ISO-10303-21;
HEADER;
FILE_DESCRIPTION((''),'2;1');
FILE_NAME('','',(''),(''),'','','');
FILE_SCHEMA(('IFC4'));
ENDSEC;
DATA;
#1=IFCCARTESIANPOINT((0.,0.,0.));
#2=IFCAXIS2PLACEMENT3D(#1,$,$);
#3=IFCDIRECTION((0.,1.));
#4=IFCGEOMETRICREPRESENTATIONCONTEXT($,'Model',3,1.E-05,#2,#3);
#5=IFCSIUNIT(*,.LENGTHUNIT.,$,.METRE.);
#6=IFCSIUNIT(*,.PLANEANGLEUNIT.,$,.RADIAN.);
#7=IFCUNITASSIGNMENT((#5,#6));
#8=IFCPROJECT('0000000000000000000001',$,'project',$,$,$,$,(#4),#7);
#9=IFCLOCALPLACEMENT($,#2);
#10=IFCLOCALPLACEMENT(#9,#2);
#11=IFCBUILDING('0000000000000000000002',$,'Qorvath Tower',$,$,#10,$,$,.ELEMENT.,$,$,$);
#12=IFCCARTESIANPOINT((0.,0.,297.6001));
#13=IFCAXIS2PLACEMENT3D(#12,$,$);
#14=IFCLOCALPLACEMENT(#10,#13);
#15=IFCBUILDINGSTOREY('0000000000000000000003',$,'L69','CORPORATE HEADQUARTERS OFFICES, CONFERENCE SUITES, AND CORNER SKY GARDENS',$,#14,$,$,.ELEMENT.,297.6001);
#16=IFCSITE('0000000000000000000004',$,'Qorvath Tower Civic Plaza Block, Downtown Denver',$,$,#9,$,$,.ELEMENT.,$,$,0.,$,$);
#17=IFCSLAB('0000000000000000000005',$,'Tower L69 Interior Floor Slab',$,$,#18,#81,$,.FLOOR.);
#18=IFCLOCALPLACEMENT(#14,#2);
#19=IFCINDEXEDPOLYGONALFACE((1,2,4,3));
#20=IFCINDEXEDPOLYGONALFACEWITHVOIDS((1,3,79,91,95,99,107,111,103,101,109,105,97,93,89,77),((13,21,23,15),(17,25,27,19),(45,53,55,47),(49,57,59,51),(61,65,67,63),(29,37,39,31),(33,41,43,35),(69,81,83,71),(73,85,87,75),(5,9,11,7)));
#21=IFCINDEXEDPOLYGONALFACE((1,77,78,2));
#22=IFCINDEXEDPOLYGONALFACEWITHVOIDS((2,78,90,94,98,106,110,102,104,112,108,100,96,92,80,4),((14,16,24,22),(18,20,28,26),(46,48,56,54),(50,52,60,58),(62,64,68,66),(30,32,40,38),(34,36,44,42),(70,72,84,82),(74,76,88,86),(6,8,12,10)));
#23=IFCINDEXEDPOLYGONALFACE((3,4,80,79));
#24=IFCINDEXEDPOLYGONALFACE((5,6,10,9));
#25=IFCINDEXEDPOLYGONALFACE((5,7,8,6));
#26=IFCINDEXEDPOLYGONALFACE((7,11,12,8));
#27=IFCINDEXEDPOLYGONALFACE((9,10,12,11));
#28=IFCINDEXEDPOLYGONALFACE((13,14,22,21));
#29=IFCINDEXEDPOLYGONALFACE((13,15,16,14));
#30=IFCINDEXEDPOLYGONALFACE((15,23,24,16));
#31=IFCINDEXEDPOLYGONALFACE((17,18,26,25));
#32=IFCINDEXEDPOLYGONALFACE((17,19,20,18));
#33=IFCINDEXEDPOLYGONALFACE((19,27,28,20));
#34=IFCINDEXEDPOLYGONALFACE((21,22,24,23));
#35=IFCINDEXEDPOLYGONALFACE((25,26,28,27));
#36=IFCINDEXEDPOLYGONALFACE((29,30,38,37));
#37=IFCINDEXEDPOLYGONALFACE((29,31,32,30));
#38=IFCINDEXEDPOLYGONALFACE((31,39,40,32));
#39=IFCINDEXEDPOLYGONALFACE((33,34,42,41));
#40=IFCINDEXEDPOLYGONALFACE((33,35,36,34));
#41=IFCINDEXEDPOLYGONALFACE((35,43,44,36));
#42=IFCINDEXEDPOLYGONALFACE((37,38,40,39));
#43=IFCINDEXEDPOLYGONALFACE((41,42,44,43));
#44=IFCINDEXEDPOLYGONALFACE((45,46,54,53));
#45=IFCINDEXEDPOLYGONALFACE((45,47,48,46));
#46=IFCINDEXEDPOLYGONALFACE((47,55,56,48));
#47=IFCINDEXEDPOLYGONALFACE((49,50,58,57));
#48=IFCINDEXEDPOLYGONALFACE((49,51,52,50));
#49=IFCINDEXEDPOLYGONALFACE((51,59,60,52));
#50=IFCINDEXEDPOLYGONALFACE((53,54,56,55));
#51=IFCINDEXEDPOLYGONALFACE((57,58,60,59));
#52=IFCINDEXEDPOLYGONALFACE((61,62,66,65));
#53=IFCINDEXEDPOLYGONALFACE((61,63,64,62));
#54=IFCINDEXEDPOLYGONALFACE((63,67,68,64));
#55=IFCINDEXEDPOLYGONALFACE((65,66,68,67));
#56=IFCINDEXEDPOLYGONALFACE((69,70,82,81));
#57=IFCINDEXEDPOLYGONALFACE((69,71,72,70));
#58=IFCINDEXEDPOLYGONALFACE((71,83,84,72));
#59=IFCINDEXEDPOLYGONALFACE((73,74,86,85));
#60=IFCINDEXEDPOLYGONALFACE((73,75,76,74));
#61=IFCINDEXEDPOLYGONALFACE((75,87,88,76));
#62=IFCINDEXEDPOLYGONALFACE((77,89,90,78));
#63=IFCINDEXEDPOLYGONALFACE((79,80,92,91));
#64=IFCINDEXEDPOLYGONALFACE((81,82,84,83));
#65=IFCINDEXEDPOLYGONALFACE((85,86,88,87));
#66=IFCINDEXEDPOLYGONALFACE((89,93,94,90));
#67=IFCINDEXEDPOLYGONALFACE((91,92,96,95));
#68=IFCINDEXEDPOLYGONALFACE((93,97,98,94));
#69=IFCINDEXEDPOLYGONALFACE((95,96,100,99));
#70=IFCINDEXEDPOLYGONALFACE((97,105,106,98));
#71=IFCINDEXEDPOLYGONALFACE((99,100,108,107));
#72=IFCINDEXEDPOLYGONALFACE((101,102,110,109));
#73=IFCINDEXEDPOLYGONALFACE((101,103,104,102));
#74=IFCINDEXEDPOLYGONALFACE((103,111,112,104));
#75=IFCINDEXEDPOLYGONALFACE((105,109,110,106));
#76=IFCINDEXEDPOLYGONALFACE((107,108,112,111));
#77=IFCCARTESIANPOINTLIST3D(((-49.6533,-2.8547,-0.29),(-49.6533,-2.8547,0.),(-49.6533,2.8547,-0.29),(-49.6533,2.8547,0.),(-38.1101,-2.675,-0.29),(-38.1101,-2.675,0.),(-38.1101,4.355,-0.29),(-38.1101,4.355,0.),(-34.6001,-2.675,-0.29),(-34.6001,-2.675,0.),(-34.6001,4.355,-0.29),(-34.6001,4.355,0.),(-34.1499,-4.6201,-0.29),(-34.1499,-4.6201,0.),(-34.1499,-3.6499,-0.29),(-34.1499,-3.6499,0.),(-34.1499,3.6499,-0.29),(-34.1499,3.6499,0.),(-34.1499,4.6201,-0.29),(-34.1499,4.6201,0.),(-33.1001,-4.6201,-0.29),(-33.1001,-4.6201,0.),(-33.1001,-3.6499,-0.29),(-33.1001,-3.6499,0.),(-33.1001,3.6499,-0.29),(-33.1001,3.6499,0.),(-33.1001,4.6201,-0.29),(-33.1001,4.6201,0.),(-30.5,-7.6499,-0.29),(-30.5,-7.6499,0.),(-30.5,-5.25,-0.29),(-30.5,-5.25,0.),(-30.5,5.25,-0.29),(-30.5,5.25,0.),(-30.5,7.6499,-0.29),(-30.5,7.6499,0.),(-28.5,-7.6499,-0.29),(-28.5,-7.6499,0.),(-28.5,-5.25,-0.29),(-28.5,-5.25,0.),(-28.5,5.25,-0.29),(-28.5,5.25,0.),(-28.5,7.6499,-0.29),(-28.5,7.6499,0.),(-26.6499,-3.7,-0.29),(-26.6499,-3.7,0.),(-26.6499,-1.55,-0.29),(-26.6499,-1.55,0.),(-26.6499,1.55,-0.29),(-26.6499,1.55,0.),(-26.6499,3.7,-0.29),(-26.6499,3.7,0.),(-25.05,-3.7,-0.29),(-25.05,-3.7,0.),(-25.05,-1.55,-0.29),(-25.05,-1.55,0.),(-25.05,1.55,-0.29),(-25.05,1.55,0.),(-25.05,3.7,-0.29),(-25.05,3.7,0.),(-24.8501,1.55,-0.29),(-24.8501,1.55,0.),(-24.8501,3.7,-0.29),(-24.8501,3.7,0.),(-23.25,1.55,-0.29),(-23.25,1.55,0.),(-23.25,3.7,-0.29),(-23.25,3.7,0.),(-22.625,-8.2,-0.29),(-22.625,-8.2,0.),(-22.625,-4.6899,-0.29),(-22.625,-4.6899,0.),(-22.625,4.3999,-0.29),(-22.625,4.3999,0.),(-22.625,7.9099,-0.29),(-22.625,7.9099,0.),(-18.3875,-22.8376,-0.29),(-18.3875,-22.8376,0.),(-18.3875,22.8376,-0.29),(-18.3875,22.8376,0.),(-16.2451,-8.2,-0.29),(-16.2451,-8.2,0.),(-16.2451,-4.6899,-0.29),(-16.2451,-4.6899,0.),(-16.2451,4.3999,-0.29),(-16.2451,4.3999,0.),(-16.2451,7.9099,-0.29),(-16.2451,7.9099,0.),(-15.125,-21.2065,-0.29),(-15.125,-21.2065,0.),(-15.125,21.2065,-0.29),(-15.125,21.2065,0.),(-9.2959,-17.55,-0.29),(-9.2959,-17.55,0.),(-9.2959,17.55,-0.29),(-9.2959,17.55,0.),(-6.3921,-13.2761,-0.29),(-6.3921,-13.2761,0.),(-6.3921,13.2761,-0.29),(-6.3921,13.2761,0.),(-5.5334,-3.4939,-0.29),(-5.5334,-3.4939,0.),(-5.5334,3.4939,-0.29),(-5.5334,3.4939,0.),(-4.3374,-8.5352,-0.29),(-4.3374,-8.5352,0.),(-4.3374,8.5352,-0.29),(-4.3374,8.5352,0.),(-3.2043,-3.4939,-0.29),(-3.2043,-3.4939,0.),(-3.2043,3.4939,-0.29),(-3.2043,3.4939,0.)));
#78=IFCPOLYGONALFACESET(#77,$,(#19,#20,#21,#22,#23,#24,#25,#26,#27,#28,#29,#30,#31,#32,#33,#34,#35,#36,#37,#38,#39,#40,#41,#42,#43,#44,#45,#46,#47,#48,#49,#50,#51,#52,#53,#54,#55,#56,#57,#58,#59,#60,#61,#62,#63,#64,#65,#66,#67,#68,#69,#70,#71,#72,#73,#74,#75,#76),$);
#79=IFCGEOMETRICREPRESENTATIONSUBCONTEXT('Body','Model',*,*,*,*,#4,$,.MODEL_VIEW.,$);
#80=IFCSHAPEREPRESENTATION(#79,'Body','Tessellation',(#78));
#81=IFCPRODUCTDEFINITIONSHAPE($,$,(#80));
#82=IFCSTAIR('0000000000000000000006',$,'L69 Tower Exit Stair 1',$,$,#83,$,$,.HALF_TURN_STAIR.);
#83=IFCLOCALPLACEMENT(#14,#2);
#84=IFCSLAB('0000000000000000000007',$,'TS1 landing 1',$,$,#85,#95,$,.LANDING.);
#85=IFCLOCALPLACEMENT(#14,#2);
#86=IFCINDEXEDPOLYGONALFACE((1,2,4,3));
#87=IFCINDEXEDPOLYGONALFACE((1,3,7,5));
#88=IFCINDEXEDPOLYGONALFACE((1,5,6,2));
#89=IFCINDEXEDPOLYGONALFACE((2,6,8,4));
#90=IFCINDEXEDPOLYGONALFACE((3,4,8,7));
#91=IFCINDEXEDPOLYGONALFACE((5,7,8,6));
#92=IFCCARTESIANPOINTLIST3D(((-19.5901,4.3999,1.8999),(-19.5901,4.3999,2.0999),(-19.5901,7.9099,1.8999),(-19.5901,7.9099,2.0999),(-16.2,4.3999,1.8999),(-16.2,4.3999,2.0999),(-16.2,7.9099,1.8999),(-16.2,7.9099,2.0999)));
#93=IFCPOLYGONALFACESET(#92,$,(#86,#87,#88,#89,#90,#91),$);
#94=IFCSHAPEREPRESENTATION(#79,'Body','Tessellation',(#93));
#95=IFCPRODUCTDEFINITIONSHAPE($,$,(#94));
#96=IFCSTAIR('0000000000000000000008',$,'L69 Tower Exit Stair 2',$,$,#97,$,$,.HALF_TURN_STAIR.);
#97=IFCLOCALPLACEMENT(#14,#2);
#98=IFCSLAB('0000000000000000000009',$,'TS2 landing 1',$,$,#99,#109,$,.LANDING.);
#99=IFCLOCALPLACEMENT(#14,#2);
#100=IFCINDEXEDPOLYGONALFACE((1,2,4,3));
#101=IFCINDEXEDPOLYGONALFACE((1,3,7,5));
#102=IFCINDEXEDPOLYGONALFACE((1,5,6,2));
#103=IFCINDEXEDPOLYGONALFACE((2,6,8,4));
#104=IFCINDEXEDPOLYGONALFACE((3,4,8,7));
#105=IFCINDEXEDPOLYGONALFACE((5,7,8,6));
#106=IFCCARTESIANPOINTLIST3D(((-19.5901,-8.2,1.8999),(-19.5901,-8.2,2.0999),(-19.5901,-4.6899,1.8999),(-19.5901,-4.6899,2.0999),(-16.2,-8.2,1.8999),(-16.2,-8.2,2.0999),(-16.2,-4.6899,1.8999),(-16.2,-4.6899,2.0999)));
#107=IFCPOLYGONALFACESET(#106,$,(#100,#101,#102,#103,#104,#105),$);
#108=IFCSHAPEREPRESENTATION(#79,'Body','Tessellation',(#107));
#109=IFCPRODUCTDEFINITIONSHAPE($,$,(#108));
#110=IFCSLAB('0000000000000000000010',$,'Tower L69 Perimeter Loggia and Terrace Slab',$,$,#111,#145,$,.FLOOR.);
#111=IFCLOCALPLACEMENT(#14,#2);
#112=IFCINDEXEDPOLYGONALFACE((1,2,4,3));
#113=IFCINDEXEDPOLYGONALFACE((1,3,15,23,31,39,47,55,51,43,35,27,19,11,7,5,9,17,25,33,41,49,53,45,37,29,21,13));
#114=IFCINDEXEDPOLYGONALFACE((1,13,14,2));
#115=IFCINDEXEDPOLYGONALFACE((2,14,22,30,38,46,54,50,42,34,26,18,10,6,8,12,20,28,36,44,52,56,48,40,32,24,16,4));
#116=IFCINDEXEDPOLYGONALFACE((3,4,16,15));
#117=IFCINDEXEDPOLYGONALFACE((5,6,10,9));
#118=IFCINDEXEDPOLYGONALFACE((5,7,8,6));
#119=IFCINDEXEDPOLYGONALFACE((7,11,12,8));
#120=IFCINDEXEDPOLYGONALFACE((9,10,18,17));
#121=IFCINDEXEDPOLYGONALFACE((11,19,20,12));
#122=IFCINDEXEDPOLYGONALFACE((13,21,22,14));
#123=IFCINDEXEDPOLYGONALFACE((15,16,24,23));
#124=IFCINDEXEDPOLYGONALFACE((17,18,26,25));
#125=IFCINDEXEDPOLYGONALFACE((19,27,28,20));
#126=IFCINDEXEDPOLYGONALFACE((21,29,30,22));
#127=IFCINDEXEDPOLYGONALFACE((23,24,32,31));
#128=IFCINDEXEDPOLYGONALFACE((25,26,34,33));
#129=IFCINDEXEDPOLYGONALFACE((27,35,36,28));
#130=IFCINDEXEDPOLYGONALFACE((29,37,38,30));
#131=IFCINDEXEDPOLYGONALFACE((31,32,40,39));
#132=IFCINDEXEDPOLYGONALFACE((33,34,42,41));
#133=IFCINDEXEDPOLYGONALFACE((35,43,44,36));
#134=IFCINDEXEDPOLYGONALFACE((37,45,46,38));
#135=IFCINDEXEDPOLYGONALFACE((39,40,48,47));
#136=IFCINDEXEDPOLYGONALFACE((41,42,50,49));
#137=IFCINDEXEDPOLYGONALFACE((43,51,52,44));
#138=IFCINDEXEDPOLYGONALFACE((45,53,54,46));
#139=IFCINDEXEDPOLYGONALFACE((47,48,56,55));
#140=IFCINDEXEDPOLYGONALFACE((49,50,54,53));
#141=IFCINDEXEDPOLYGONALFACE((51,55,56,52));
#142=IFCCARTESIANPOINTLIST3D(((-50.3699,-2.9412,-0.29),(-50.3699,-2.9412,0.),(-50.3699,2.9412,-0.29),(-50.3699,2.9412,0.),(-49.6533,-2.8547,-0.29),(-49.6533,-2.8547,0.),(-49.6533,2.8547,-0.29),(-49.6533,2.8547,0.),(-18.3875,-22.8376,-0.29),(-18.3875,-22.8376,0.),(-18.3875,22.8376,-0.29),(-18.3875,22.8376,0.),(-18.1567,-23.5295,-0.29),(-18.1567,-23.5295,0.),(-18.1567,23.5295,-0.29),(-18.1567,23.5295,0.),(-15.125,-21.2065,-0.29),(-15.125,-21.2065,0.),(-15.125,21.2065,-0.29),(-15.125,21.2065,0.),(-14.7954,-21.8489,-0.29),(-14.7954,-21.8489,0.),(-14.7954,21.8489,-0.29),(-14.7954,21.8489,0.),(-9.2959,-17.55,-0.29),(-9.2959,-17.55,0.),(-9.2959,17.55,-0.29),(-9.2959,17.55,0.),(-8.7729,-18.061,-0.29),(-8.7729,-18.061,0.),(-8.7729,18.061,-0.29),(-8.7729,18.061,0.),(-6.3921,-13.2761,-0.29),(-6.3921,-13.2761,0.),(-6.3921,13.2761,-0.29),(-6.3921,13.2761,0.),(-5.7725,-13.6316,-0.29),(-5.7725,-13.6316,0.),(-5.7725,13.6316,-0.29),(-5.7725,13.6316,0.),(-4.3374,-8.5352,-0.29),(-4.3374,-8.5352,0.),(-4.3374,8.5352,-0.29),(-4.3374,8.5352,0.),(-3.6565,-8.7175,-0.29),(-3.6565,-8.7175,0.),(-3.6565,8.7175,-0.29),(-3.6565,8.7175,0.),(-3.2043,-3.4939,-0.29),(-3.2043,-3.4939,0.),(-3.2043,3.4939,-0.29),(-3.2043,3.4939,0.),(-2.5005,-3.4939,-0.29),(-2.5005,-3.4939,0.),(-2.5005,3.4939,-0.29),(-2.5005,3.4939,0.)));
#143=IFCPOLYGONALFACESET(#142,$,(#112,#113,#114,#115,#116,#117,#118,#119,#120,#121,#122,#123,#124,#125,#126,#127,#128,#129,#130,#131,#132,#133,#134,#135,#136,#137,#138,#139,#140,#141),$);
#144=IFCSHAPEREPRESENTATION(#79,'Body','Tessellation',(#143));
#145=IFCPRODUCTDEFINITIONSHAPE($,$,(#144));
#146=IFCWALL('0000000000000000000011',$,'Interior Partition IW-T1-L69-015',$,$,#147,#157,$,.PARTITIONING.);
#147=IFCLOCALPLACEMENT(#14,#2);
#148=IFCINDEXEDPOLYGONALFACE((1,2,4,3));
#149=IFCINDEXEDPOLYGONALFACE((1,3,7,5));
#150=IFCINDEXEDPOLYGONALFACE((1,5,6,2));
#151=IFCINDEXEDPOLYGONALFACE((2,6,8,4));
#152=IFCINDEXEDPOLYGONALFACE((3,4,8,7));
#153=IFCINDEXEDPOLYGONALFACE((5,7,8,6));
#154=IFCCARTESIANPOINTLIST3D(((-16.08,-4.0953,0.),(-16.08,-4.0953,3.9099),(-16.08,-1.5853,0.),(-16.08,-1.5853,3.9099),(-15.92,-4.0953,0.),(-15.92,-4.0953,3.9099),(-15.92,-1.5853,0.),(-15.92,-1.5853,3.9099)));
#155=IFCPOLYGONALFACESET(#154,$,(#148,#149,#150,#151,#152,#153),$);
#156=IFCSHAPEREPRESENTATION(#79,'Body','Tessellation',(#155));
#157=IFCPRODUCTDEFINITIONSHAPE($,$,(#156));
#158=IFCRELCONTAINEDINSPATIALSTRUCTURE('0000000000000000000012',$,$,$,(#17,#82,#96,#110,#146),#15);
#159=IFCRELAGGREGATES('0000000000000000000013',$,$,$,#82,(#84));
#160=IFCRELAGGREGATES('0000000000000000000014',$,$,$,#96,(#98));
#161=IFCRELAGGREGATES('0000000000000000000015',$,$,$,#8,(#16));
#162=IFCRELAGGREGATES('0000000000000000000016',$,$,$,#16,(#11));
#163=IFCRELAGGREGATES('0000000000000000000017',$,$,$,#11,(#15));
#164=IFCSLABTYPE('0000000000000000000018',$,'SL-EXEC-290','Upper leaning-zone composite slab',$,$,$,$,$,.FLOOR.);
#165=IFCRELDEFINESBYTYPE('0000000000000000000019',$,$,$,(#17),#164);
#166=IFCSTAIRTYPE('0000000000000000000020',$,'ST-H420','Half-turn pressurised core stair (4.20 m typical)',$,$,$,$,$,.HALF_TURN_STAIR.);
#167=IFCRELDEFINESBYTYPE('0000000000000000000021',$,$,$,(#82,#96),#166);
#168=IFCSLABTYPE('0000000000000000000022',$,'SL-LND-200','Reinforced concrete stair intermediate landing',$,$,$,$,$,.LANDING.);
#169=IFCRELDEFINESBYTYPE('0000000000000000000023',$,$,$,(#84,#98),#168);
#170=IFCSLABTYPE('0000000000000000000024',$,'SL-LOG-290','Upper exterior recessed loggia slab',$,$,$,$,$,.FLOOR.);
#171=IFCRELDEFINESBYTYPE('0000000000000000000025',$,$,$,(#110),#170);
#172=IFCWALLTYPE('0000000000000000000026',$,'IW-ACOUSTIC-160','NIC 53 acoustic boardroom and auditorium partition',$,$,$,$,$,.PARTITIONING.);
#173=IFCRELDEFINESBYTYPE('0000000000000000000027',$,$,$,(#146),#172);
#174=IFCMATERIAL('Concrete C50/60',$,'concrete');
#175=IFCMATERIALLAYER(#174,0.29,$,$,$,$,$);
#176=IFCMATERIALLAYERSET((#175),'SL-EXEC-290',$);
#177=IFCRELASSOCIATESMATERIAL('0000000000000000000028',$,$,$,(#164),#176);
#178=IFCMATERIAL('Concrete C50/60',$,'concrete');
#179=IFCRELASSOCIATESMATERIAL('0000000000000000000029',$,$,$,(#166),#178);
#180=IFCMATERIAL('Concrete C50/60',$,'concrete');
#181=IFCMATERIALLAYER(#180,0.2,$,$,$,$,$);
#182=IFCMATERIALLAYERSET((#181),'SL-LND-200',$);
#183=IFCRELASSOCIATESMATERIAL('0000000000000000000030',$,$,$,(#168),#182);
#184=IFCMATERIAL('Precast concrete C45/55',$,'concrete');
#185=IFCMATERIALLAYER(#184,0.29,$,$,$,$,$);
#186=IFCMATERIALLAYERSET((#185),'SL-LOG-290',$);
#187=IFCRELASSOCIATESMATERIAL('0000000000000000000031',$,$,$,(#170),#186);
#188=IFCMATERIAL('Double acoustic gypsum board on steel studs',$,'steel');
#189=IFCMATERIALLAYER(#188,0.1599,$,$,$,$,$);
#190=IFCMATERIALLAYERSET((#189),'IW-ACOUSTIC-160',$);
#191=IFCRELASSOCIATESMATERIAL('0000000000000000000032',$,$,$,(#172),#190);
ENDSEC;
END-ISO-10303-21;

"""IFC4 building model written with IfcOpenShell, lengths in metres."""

from ifc_helpers import new_model, si_unit, direction, frame, frame_2d, origin, place, context, subcontext, project, spatial, polyline, rectangle, outline, extrude, material, layer, layer_set, type_object, element, aggregate, save


model = new_model("IFC4")

# Units and contexts
model_context = context("Model", 3, precision=1e-05, world=origin(), true_north=direction((0.0, 1.0)))
body_context = subcontext(model_context, "Body", "Model", "MODEL_VIEW")
ifc_project = project(units=[si_unit("LENGTHUNIT", "METRE"), si_unit("PLANEANGLEUNIT", "RADIAN")], contexts=[model_context])

# Site, building, storey
site_placement = place(None, origin())
site = spatial("IfcSite", under=ifc_project, at=site_placement, Name="Qorvath Tower Civic Plaza Block, Downtown Denver", CompositionType="ELEMENT", RefElevation=0.0)
building_placement = place(site_placement, origin())
building = spatial("IfcBuilding", under=site, at=building_placement, Name="Qorvath Tower", CompositionType="ELEMENT")
storey_placement = place(building_placement, frame((0.0, 0.0, 297.6001)))
storey = spatial("IfcBuildingStorey", under=building, at=storey_placement, Name="L69", Description="CORPORATE HEADQUARTERS OFFICES, CONFERENCE SUITES, AND CORNER SKY GARDENS", CompositionType="ELEMENT", Elevation=297.6001)

# Slab
ifc_material_1 = material(Name="Concrete C50/60", Category="concrete")
ifc_layer_1 = layer(ifc_material_1, 0.29)
ifc_layer_set_1 = layer_set([ifc_layer_1], Name="SL-EXEC-290")
slab_type_1 = type_object("IfcSlabType", Name="SL-EXEC-290", Description="Upper leaning-zone composite slab", PredefinedType="FLOOR", material=ifc_layer_set_1)
slab_1_placement = place(storey_placement, frame((0.0, 0.0, -0.29)))
element("IfcSlab", 1, at=slab_1_placement, inside=storey, type_object=slab_type_1, Name="Tower L69 Interior Floor Slab", PredefinedType="FLOOR", context=body_context, shape_type="SweptSolid", body=[
    extrude(outline(polyline([(-49.6533, 2.8547), (-49.6533, -2.8547), (-18.3875, -22.8376), (-15.125, -21.2065), (-9.2959, -17.55), (-6.3921, -13.2761), (-4.3374, -8.5352), (-3.2043, -3.4939), (-5.5334, -3.4939), (-5.5334, 3.4939), (-3.2043, 3.4939), (-4.3374, 8.5352), (-6.3921, 13.2761), (-9.2959, 17.55), (-15.125, 21.2065), (-18.3875, 22.8376), (-49.6533, 2.8547)]), holes=[polyline([(-16.2451, -8.2), (-22.625, -8.2), (-22.625, -4.6899), (-16.2451, -4.6899), (-16.2451, -8.2)]), polyline([(-22.625, 4.3999), (-22.625, 7.9099), (-16.2451, 7.9099), (-16.2451, 4.3999), (-22.625, 4.3999)]), polyline([(-23.25, 1.55), (-24.8501, 1.55), (-24.8501, 3.7), (-23.25, 3.7), (-23.25, 1.55)]), polyline([(-26.6499, -3.7), (-26.6499, -1.55), (-25.05, -1.55), (-25.05, -3.7), (-26.6499, -3.7)]), polyline([(-25.05, 1.55), (-26.6499, 1.55), (-26.6499, 3.7), (-25.05, 3.7), (-25.05, 1.55)]), polyline([(-28.5, -7.6499), (-30.5, -7.6499), (-30.5, -5.25), (-28.5, -5.25), (-28.5, -7.6499)]), polyline([(-30.5, 5.25), (-30.5, 7.6499), (-28.5, 7.6499), (-28.5, 5.25), (-30.5, 5.25)]), polyline([(-33.1001, -4.6201), (-34.1499, -4.6201), (-34.1499, -3.6499), (-33.1001, -3.6499), (-33.1001, -4.6201)]), polyline([(-33.1001, 3.6499), (-34.1499, 3.6499), (-34.1499, 4.6201), (-33.1001, 4.6201), (-33.1001, 3.6499)]), polyline([(-34.6001, -2.675), (-38.1101, -2.675), (-38.1101, 4.355), (-34.6001, 4.355), (-34.6001, -2.675)])]), origin(), (0.0, 0.0, 1.0), 0.29),
])

# Stairs, slabs
ifc_material_2 = material(Name="Concrete C50/60", Category="concrete")
stair_type = type_object("IfcStairType", Name="ST-H420", Description="Half-turn pressurised core stair (4.20 m typical)", PredefinedType="HALF_TURN_STAIR", material=ifc_material_2)
stair_1_placement = place(storey_placement, origin())
stair_1 = element("IfcStair", 2, at=stair_1_placement, inside=storey, type_object=stair_type, Name="L69 Tower Exit Stair 1", PredefinedType="HALF_TURN_STAIR")
ifc_material_3 = material(Name="Concrete C50/60", Category="concrete")
ifc_layer_2 = layer(ifc_material_3, 0.2)
ifc_layer_set_2 = layer_set([ifc_layer_2], Name="SL-LND-200")
slab_type_2 = type_object("IfcSlabType", Name="SL-LND-200", Description="Reinforced concrete stair intermediate landing", PredefinedType="LANDING", material=ifc_layer_set_2)
slab_2_placement = place(storey_placement, frame((0.0, 0.0, 1.8999)))
slab_2 = element("IfcSlab", 3, at=slab_2_placement, type_object=slab_type_2, Name="TS1 landing 1", PredefinedType="LANDING", context=body_context, shape_type="SweptSolid", body=[
    extrude(outline(polyline([(-19.5901, 4.3999), (-16.2, 4.3999), (-16.2, 7.9099), (-19.5901, 7.9099), (-19.5901, 4.3999)])), origin(), (0.0, 0.0, 1.0), 0.2),
])
aggregate(stair_1, [slab_2])
stair_2_placement = place(storey_placement, origin())
stair_2 = element("IfcStair", 4, at=stair_2_placement, inside=storey, type_object=stair_type, Name="L69 Tower Exit Stair 2", PredefinedType="HALF_TURN_STAIR")
slab_3_placement = place(storey_placement, frame((0.0, 0.0, 1.8999)))
slab_3 = element("IfcSlab", 5, at=slab_3_placement, type_object=slab_type_2, Name="TS2 landing 1", PredefinedType="LANDING", context=body_context, shape_type="SweptSolid", body=[
    extrude(outline(polyline([(-19.5901, -8.2), (-16.2, -8.2), (-16.2, -4.6899), (-19.5901, -4.6899), (-19.5901, -8.2)])), origin(), (0.0, 0.0, 1.0), 0.2),
])

# Slab
ifc_material_4 = material(Name="Precast concrete C45/55", Category="concrete")
ifc_layer_3 = layer(ifc_material_4, 0.29)
ifc_layer_set_3 = layer_set([ifc_layer_3], Name="SL-LOG-290")
slab_type_3 = type_object("IfcSlabType", Name="SL-LOG-290", Description="Upper exterior recessed loggia slab", PredefinedType="FLOOR", material=ifc_layer_set_3)
slab_4_placement = place(storey_placement, frame((0.0, 0.0, -0.29)))
element("IfcSlab", 6, at=slab_4_placement, inside=storey, type_object=slab_type_3, Name="Tower L69 Perimeter Loggia and Terrace Slab", PredefinedType="FLOOR", context=body_context, shape_type="SweptSolid", body=[
    extrude(outline(polyline([(-3.2043, -3.4939), (-4.3374, -8.5352), (-6.3921, -13.2761), (-9.2959, -17.55), (-15.125, -21.2065), (-18.3875, -22.8376), (-49.6533, -2.8547), (-49.6533, 2.8547), (-18.3875, 22.8376), (-15.125, 21.2065), (-9.2959, 17.55), (-6.3921, 13.2761), (-4.3374, 8.5352), (-3.2043, 3.4939), (-2.5005, 3.4939), (-3.6565, 8.7175), (-5.7725, 13.6316), (-8.7729, 18.061), (-14.7954, 21.8489), (-18.1567, 23.5295), (-50.3699, 2.9412), (-50.3699, -2.9412), (-18.1567, -23.5295), (-14.7954, -21.8489), (-8.7729, -18.061), (-5.7725, -13.6316), (-3.6565, -8.7175), (-2.5005, -3.4939), (-3.2043, -3.4939)])), origin(), (0.0, 0.0, 1.0), 0.29),
])

# Wall
ifc_material_5 = material(Name="Double acoustic gypsum board on steel studs", Category="steel")
ifc_layer_4 = layer(ifc_material_5, 0.1599)
ifc_layer_set_4 = layer_set([ifc_layer_4], Name="IW-ACOUSTIC-160")
wall_type_1 = type_object("IfcWallType", Name="IW-ACOUSTIC-160", Description="NIC 53 acoustic boardroom and auditorium partition", PredefinedType="PARTITIONING", material=ifc_layer_set_4)
wall_1_placement = place(storey_placement, frame((-16.0, -4.0952, 0.0), z_axis=(0.0, 0.0, 1.0), x_axis=(0.0, 1.0, 0.0)))
element("IfcWall", 7, at=wall_1_placement, inside=storey, type_object=wall_type_1, Name="Interior Partition IW-T1-L69-015", PredefinedType="PARTITIONING", context=body_context, shape_type="SweptSolid", body=[
    extrude(rectangle(XDim=2.51, YDim=0.1599, at=frame_2d((1.2549, 0.0))), origin(), (0.0, 0.0, 1.0), 3.9099),
])

aggregate(stair_2, [slab_3])

save(model, "model.ifc")
